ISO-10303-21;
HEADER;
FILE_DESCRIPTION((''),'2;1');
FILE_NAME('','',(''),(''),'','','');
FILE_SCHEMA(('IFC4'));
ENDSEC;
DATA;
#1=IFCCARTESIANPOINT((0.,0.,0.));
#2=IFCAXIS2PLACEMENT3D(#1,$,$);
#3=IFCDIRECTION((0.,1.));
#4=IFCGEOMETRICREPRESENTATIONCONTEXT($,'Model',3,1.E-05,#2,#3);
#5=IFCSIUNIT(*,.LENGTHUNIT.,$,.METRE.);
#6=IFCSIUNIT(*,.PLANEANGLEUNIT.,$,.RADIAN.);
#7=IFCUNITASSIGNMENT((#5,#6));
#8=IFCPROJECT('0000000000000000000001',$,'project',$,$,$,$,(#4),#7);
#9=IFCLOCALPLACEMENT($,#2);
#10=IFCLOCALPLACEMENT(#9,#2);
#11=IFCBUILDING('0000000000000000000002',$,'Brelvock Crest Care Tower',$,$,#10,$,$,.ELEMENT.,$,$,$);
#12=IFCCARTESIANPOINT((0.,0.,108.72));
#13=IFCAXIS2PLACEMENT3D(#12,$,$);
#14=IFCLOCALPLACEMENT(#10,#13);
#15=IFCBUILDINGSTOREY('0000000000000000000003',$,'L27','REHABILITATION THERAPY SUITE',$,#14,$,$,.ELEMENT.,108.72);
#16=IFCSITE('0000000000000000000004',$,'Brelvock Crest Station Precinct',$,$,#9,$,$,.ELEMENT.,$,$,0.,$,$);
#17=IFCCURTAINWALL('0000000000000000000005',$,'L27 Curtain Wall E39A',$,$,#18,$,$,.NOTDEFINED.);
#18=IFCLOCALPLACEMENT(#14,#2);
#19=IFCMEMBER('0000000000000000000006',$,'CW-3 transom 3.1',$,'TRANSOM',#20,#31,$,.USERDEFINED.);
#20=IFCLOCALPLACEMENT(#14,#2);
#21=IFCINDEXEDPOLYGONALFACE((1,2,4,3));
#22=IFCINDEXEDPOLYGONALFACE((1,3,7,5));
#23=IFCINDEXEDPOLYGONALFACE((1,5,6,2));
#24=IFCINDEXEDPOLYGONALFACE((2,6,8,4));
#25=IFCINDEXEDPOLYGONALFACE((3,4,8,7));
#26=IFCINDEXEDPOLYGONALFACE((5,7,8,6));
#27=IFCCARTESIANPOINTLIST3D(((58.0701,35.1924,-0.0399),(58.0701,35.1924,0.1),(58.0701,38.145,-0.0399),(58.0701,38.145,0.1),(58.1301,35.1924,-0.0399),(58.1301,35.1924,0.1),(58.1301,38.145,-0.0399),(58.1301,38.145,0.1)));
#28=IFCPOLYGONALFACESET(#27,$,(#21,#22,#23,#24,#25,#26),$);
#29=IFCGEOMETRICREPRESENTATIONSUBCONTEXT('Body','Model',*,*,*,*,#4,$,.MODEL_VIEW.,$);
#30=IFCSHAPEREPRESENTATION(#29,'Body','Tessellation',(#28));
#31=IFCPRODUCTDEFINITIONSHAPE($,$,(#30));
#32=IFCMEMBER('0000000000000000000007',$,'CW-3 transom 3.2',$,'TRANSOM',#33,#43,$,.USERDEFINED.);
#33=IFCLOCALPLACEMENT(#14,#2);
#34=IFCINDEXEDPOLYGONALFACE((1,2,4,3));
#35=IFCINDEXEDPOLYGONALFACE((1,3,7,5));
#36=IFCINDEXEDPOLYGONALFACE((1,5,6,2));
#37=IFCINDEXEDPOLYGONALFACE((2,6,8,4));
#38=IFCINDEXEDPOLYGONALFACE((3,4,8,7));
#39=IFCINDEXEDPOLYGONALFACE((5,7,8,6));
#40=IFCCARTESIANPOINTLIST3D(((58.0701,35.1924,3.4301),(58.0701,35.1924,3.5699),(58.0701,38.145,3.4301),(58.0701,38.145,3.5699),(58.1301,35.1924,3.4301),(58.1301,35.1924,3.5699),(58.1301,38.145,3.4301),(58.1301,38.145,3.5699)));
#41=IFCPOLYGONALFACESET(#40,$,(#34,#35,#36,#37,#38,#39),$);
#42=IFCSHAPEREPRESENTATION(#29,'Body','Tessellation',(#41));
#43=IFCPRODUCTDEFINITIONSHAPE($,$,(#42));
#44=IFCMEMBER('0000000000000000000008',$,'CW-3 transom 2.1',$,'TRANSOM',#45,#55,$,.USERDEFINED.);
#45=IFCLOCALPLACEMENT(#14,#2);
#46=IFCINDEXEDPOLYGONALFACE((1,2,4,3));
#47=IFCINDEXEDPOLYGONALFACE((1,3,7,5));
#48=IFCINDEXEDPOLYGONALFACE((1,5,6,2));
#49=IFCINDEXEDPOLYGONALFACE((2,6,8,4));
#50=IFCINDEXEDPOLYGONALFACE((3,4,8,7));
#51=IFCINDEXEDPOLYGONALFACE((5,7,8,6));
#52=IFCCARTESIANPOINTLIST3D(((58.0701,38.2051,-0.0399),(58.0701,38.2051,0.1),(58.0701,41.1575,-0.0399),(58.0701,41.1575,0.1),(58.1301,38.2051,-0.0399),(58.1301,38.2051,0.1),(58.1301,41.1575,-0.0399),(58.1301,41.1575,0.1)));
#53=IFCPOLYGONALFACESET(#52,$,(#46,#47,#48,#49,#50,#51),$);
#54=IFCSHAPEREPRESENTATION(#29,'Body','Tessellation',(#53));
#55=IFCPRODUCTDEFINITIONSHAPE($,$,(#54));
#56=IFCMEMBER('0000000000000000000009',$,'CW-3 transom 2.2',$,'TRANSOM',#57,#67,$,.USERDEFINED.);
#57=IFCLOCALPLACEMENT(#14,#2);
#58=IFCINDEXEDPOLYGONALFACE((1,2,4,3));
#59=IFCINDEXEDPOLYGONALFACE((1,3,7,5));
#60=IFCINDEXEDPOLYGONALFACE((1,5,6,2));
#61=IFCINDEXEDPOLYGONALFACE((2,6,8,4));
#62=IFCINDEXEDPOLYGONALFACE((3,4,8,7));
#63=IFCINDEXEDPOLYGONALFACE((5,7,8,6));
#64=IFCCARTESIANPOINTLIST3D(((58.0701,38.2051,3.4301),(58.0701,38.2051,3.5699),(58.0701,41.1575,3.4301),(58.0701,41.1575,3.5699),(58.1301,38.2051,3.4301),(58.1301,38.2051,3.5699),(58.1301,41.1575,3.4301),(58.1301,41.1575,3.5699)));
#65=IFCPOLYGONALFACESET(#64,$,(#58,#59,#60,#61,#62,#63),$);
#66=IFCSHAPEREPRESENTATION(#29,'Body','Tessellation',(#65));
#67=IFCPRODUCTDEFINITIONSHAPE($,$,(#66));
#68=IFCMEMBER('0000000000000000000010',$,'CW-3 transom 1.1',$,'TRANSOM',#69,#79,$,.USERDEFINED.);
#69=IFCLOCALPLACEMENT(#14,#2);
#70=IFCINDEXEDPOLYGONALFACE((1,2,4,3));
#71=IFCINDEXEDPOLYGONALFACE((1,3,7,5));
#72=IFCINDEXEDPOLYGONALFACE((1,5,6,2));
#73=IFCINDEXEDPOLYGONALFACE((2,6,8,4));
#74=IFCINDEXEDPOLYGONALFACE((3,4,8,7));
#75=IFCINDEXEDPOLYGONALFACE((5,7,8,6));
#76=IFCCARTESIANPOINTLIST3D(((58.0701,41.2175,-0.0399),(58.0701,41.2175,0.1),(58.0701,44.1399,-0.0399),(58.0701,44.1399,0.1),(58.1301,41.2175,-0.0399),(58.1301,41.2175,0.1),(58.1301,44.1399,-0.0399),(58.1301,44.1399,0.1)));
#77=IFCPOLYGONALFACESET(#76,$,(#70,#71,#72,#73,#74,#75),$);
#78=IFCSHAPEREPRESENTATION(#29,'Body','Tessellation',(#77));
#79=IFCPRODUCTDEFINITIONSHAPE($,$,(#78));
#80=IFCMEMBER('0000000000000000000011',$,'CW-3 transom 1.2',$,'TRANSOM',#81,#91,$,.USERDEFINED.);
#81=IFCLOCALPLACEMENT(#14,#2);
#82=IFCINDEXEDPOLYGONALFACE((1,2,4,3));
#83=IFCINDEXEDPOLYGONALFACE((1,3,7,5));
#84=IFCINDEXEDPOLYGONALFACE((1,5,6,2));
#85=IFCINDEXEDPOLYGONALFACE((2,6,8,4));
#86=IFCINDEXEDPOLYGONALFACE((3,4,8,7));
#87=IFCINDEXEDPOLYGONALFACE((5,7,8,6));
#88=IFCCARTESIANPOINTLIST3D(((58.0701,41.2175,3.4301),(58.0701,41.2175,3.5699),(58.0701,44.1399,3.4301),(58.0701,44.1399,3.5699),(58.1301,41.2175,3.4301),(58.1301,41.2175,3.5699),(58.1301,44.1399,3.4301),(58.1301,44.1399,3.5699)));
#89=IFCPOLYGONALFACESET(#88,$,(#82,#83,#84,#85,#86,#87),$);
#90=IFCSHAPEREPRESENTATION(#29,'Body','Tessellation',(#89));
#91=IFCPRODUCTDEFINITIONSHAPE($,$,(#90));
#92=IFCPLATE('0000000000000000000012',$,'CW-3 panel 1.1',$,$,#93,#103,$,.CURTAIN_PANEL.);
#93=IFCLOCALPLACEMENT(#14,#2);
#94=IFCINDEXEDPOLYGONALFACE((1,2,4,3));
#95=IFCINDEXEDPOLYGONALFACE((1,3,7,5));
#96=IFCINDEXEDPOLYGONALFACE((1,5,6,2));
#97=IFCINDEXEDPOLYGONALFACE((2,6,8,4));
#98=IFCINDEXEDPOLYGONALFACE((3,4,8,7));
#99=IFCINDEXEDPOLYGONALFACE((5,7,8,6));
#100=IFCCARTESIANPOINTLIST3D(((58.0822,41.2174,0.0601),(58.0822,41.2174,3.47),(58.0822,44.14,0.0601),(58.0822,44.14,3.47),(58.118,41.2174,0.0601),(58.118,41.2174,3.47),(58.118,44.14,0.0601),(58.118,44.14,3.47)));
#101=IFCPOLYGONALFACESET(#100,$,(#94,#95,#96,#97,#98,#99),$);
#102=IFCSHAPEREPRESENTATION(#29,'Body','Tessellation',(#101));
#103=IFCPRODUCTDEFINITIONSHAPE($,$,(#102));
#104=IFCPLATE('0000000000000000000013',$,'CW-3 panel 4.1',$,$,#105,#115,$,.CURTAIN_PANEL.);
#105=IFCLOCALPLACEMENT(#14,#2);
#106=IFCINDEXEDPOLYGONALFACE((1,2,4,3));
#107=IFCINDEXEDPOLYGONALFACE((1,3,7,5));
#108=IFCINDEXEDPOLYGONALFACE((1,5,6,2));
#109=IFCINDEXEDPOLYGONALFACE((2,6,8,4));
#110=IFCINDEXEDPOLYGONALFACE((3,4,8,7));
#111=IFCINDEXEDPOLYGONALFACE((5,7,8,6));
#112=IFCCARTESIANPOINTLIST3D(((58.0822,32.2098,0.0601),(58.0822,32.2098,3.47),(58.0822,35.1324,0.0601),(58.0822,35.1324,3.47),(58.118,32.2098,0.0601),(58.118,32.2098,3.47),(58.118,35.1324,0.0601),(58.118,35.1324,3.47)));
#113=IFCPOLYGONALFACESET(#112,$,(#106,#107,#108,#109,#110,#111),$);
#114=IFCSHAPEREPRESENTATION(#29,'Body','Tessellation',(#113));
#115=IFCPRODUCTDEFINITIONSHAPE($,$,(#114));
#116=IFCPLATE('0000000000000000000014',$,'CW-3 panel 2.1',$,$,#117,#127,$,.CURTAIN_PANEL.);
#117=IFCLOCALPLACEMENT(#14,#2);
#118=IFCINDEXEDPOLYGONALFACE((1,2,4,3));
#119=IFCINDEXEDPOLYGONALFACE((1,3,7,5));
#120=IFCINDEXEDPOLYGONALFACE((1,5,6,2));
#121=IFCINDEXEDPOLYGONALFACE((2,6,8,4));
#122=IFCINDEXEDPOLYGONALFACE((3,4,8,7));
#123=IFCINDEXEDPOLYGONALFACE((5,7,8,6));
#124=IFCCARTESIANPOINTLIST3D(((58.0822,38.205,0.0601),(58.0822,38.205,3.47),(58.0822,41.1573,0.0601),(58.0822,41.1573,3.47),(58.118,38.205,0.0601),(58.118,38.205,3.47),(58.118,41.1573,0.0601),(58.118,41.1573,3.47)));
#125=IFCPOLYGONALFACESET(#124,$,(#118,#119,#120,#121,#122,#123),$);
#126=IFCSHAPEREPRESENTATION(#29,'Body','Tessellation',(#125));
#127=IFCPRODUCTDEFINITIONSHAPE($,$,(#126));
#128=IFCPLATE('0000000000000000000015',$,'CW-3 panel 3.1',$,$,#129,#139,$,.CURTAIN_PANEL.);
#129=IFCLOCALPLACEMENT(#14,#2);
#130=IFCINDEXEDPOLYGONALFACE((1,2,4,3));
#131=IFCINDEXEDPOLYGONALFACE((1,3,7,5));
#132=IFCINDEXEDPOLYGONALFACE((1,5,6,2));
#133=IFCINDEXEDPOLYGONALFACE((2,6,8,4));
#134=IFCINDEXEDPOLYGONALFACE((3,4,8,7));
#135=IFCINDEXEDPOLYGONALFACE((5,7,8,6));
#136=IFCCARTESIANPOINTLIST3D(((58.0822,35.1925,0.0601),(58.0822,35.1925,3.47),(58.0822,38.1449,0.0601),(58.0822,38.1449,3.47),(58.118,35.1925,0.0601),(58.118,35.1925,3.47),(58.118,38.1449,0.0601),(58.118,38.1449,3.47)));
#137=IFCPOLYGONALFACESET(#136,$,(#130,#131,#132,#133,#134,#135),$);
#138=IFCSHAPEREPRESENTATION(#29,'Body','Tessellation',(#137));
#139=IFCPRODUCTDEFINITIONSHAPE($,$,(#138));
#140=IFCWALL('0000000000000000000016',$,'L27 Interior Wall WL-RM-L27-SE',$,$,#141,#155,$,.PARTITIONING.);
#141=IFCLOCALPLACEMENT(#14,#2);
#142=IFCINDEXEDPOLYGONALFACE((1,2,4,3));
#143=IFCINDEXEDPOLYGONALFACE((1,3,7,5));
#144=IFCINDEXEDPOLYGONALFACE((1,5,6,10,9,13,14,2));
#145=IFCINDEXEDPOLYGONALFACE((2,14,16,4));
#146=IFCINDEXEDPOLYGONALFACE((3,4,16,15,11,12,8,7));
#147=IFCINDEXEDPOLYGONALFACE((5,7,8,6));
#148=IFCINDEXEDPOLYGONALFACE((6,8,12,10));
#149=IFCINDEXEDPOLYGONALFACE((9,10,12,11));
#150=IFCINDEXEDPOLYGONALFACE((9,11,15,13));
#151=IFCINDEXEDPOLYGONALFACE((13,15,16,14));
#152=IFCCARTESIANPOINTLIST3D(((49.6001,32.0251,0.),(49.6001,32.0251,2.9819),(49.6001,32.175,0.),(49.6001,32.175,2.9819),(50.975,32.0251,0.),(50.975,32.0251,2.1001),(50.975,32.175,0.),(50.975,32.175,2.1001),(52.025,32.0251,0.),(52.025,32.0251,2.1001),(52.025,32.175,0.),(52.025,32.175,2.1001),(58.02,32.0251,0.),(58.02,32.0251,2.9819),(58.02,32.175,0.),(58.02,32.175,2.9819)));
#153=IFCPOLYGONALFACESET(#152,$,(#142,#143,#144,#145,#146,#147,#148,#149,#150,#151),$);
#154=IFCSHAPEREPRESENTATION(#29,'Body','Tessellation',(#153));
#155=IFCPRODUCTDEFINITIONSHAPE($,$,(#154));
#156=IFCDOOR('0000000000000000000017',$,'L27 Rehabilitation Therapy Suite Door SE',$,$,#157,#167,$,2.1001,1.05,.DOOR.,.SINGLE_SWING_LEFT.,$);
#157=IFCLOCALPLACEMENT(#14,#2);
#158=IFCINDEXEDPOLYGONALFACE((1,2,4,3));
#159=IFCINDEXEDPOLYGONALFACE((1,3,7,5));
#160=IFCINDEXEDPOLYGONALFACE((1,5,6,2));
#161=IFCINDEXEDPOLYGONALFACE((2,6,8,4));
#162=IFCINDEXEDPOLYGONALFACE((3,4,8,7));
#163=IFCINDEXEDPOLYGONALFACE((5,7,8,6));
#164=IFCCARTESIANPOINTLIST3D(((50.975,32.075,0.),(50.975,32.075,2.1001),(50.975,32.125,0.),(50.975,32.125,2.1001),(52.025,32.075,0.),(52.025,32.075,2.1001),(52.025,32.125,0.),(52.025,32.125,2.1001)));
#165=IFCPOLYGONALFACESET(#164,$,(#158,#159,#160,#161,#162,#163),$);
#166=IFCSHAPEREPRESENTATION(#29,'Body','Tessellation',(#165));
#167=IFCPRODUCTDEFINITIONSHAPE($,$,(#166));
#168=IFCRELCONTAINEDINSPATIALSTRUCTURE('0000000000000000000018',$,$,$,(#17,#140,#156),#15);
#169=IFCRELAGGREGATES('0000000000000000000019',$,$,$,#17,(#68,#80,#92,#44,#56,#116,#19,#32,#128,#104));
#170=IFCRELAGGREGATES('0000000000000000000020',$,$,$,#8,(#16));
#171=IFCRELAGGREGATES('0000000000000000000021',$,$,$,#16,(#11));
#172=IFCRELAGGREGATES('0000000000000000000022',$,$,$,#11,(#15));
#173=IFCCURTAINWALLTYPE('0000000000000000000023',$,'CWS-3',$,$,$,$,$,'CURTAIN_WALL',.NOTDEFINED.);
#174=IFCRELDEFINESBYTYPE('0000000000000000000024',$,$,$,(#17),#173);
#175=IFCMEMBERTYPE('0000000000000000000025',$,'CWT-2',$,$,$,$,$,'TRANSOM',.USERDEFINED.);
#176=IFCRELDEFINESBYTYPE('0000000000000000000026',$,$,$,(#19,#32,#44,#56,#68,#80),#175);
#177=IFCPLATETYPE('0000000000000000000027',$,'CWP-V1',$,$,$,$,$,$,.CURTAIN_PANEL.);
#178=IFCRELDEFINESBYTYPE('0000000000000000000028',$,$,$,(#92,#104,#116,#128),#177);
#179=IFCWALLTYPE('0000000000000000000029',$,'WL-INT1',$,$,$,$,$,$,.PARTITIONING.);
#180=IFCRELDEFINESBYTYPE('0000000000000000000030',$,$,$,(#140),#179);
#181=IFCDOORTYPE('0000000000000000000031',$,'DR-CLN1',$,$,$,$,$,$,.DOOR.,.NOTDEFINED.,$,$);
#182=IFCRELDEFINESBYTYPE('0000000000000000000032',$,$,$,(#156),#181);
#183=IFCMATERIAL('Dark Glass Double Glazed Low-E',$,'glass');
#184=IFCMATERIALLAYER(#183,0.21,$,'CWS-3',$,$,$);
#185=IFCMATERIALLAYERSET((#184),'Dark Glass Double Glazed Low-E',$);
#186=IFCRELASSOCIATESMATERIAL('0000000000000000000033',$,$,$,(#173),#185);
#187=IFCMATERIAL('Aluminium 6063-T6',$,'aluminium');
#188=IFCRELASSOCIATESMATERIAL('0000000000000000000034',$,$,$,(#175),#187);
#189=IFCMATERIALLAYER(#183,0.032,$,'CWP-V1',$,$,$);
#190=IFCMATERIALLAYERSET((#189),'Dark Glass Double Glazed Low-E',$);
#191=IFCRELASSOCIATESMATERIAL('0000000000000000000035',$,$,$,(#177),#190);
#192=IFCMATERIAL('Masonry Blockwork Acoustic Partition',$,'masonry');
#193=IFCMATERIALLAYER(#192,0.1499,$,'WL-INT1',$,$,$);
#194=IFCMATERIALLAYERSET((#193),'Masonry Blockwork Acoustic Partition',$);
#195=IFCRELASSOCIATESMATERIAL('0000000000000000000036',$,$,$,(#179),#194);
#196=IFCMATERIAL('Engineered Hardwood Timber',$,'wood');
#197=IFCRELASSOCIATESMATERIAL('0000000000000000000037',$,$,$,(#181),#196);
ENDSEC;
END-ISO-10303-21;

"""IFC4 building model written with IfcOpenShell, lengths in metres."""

from ifc_helpers import new_model, si_unit, direction, frame, frame_2d, origin, origin_2d, place, context, subcontext, project, spatial, rectangle, extrude, source, transform, mapped, material, layer, layer_set, material_profile, profile_set, type_object, element, fill, aggregate, save


model = new_model("IFC4")

# Units and contexts
model_context = context("Model", 3, precision=1e-05, world=origin(), true_north=direction((0.0, 1.0)))
body_context = subcontext(model_context, "Body", "Model", "MODEL_VIEW")
ifc_project = project(units=[si_unit("LENGTHUNIT", "METRE"), si_unit("PLANEANGLEUNIT", "RADIAN")], contexts=[model_context])

# Site, building, storey
site_placement = place(None, origin())
site = spatial("IfcSite", under=ifc_project, at=site_placement, Name="Brelvock Crest Station Precinct", CompositionType="ELEMENT", RefElevation=0.0)
building_placement = place(site_placement, origin())
building = spatial("IfcBuilding", under=site, at=building_placement, Name="Brelvock Crest Care Tower", CompositionType="ELEMENT")
storey_placement = place(building_placement, frame((0.0, 0.0, 108.72)))
storey = spatial("IfcBuildingStorey", under=building, at=storey_placement, Name="L27", Description="REHABILITATION THERAPY SUITE", CompositionType="ELEMENT", Elevation=108.72)

# Curtain wall, members, plates
ifc_material_1 = material(Name="Dark Glass Double Glazed Low-E", Category="glass")
ifc_layer_1 = layer(ifc_material_1, 0.21, Name="CWS-3")
ifc_layer_set_1 = layer_set([ifc_layer_1], Name="Dark Glass Double Glazed Low-E")
curtain_wall_type = type_object("IfcCurtainWallType", Name="CWS-3", ElementType="CURTAIN_WALL", PredefinedType="NOTDEFINED", material=ifc_layer_set_1)
curtain_wall_placement = place(storey_placement, origin())
curtain_wall = element("IfcCurtainWall", 1, at=curtain_wall_placement, inside=storey, type_object=curtain_wall_type, Name="L27 Curtain Wall E39A", PredefinedType="NOTDEFINED")
ifc_material_2 = material(Name="Aluminium 6063-T6", Category="aluminium")
ifc_material_profile_1 = material_profile(ifc_material_2, rectangle(XDim=0.0601, YDim=0.1399, at=origin_2d()), Name="ALU60x140")
ifc_profile_set_1 = profile_set([ifc_material_profile_1], Name="Aluminium 6063-T6")
member_type_1 = type_object("IfcMemberType", Name="CWT-2", ElementType="TRANSOM", PredefinedType="USERDEFINED", material=ifc_profile_set_1)
shared_shape_1 = source(origin(), body_context, "Body", "SweptSolid", [
    extrude(rectangle(XDim=0.0601, YDim=0.1399, at=origin_2d()), origin(), (0.0, 0.0, 1.0), 2.9526),
])
member_1_placement = place(storey_placement, frame((58.1001, 38.145, 0.03), z_axis=(0.0, -1.0, 0.0), x_axis=(1.0, 0.0, 0.0)))
member_1 = element("IfcMember", 2, at=member_1_placement, type_object=member_type_1, Name="CW-3 transom 3.1", ObjectType="TRANSOM", PredefinedType="USERDEFINED", context=body_context, shape_type="MappedRepresentation", body=[
    mapped(shared_shape_1, transform((0.0, 0.0, 0.0), x_axis=(1.0, 0.0, 0.0), y_axis=(0.0, 1.0, 0.0), z_axis=(0.0, 0.0, 1.0), scale=1.0)),
])
member_2_placement = place(storey_placement, frame((58.1001, 38.145, 3.5), z_axis=(0.0, -1.0, 0.0), x_axis=(1.0, 0.0, 0.0)))
member_2 = element("IfcMember", 3, at=member_2_placement, type_object=member_type_1, Name="CW-3 transom 3.2", ObjectType="TRANSOM", PredefinedType="USERDEFINED", context=body_context, shape_type="MappedRepresentation", body=[
    mapped(shared_shape_1, transform((0.0, 0.0, 0.0), x_axis=(1.0, 0.0, 0.0), y_axis=(0.0, 1.0, 0.0), z_axis=(0.0, 0.0, 1.0), scale=1.0)),
])
shared_shape_2 = source(origin(), body_context, "Body", "SweptSolid", [
    extrude(rectangle(XDim=0.0601, YDim=0.1399, at=origin_2d()), origin(), (0.0, 0.0, 1.0), 2.9524),
])
member_3_placement = place(storey_placement, frame((58.1001, 41.1575, 0.03), z_axis=(0.0, -1.0, 0.0), x_axis=(1.0, 0.0, 0.0)))
member_3 = element("IfcMember", 4, at=member_3_placement, type_object=member_type_1, Name="CW-3 transom 2.1", ObjectType="TRANSOM", PredefinedType="USERDEFINED", context=body_context, shape_type="MappedRepresentation", body=[
    mapped(shared_shape_2, transform((0.0, 0.0, 0.0), x_axis=(1.0, 0.0, 0.0), y_axis=(0.0, 1.0, 0.0), z_axis=(0.0, 0.0, 1.0), scale=1.0)),
])
member_4_placement = place(storey_placement, frame((58.1001, 41.1575, 3.5), z_axis=(0.0, -1.0, 0.0), x_axis=(1.0, 0.0, 0.0)))
member_4 = element("IfcMember", 5, at=member_4_placement, type_object=member_type_1, Name="CW-3 transom 2.2", ObjectType="TRANSOM", PredefinedType="USERDEFINED", context=body_context, shape_type="MappedRepresentation", body=[
    mapped(shared_shape_2, transform((0.0, 0.0, 0.0), x_axis=(1.0, 0.0, 0.0), y_axis=(0.0, 1.0, 0.0), z_axis=(0.0, 0.0, 1.0), scale=1.0)),
])
shared_shape_3 = source(origin(), body_context, "Body", "SweptSolid", [
    extrude(rectangle(XDim=0.0601, YDim=0.1399, at=origin_2d()), origin(), (0.0, 0.0, 1.0), 2.9224),
])
member_5_placement = place(storey_placement, frame((58.1001, 44.1399, 0.03), z_axis=(0.0, -1.0, 0.0), x_axis=(1.0, 0.0, 0.0)))
member_5 = element("IfcMember", 6, at=member_5_placement, type_object=member_type_1, Name="CW-3 transom 1.1", ObjectType="TRANSOM", PredefinedType="USERDEFINED", context=body_context, shape_type="MappedRepresentation", body=[
    mapped(shared_shape_3, transform((0.0, 0.0, 0.0), x_axis=(1.0, 0.0, 0.0), y_axis=(0.0, 1.0, 0.0), z_axis=(0.0, 0.0, 1.0), scale=1.0)),
])
member_6_placement = place(storey_placement, frame((58.1001, 44.1399, 3.5), z_axis=(0.0, -1.0, 0.0), x_axis=(1.0, 0.0, 0.0)))
member_6 = element("IfcMember", 7, at=member_6_placement, type_object=member_type_1, Name="CW-3 transom 1.2", ObjectType="TRANSOM", PredefinedType="USERDEFINED", context=body_context, shape_type="MappedRepresentation", body=[
    mapped(shared_shape_3, transform((0.0, 0.0, 0.0), x_axis=(1.0, 0.0, 0.0), y_axis=(0.0, 1.0, 0.0), z_axis=(0.0, 0.0, 1.0), scale=1.0)),
])
ifc_layer_2 = layer(ifc_material_1, 0.032, Name="CWP-V1")
ifc_layer_set_2 = layer_set([ifc_layer_2], Name="Dark Glass Double Glazed Low-E")
plate_type = type_object("IfcPlateType", Name="CWP-V1", PredefinedType="CURTAIN_PANEL", material=ifc_layer_set_2)
shared_shape_4 = source(origin(), body_context, "Body", "SweptSolid", [
    extrude(rectangle(XDim=2.9226, YDim=0.0359, at=origin_2d()), origin(), (0.0, 0.0, 1.0), 3.4099),
])
plate_1_placement = place(storey_placement, frame((58.1001, 42.6787, 0.0601), z_axis=(0.0, 0.0, 1.0), x_axis=(0.0, -1.0, 0.0)))
plate_1 = element("IfcPlate", 8, at=plate_1_placement, type_object=plate_type, Name="CW-3 panel 1.1", PredefinedType="CURTAIN_PANEL", context=body_context, shape_type="MappedRepresentation", body=[
    mapped(shared_shape_4, transform((0.0, 0.0, 0.0), x_axis=(1.0, 0.0, 0.0), y_axis=(0.0, 1.0, 0.0), z_axis=(0.0, 0.0, 1.0), scale=1.0)),
])
plate_2_placement = place(storey_placement, frame((58.1001, 33.6711, 0.0601), z_axis=(0.0, 0.0, 1.0), x_axis=(0.0, -1.0, 0.0)))
plate_2 = element("IfcPlate", 9, at=plate_2_placement, type_object=plate_type, Name="CW-3 panel 4.1", PredefinedType="CURTAIN_PANEL", context=body_context, shape_type="MappedRepresentation", body=[
    mapped(shared_shape_4, transform((0.0, 0.0, 0.0), x_axis=(1.0, 0.0, 0.0), y_axis=(0.0, 1.0, 0.0), z_axis=(0.0, 0.0, 1.0), scale=1.0)),
])
shared_shape_5 = source(origin(), body_context, "Body", "SweptSolid", [
    extrude(rectangle(XDim=2.9524, YDim=0.0359, at=origin_2d()), origin(), (0.0, 0.0, 1.0), 3.4099),
])
plate_3_placement = place(storey_placement, frame((58.1001, 39.6812, 0.0601), z_axis=(0.0, 0.0, 1.0), x_axis=(0.0, -1.0, 0.0)))
plate_3 = element("IfcPlate", 10, at=plate_3_placement, type_object=plate_type, Name="CW-3 panel 2.1", PredefinedType="CURTAIN_PANEL", context=body_context, shape_type="MappedRepresentation", body=[
    mapped(shared_shape_5, transform((0.0, 0.0, 0.0), x_axis=(1.0, 0.0, 0.0), y_axis=(0.0, 1.0, 0.0), z_axis=(0.0, 0.0, 1.0), scale=1.0)),
])
plate_4_placement = place(storey_placement, frame((58.1001, 36.6687, 0.0601), z_axis=(0.0, 0.0, 1.0), x_axis=(0.0, -1.0, 0.0)))
plate_4 = element("IfcPlate", 11, at=plate_4_placement, type_object=plate_type, Name="CW-3 panel 3.1", PredefinedType="CURTAIN_PANEL", context=body_context, shape_type="MappedRepresentation", body=[
    mapped(shared_shape_5, transform((0.0, 0.0, 0.0), x_axis=(1.0, 0.0, 0.0), y_axis=(0.0, 1.0, 0.0), z_axis=(0.0, 0.0, 1.0), scale=1.0)),
])
aggregate(curtain_wall, [member_5, member_6, plate_1, member_3, member_4, plate_3, member_1, member_2, plate_4, plate_2])

# Wall, opening, door
ifc_material_3 = material(Name="Masonry Blockwork Acoustic Partition", Category="masonry")
ifc_layer_3 = layer(ifc_material_3, 0.1499, Name="WL-INT1")
ifc_layer_set_3 = layer_set([ifc_layer_3], Name="Masonry Blockwork Acoustic Partition")
wall_type_1 = type_object("IfcWallType", Name="WL-INT1", PredefinedType="PARTITIONING", material=ifc_layer_set_3)
wall_1_placement = place(storey_placement, frame((49.6001, 32.1001, 0.0), z_axis=(0.0, 0.0, 1.0), x_axis=(1.0, 0.0, 0.0)))
wall_1 = element("IfcWall", 12, at=wall_1_placement, inside=storey, type_object=wall_type_1, Name="L27 Interior Wall WL-RM-L27-SE", PredefinedType="PARTITIONING", context=body_context, shape_type="SweptSolid", body=[
    extrude(rectangle(XDim=8.4199, YDim=0.1499, at=frame_2d((4.21, 0.0))), origin(), (0.0, 0.0, 1.0), 2.9819),
])
opening_1_placement = place(wall_1_placement, frame((1.375, 0.0, 0.0)))
opening_1 = element("IfcOpeningElement", 13, at=opening_1_placement, cuts=wall_1, PredefinedType="OPENING", context=body_context, shape_type="SweptSolid", body=[
    extrude(rectangle(XDim=1.05, YDim=2.1001, at=origin_2d()), frame((0.5249, 0.085, 1.05), z_axis=(0.0, -1.0, 0.0), x_axis=(1.0, 0.0, 0.0)), (0.0, 0.0, 1.0), 0.1699),
])
ifc_material_4 = material(Name="Engineered Hardwood Timber", Category="wood")
door_type_1 = type_object("IfcDoorType", Name="DR-CLN1", OperationType="NOTDEFINED", PredefinedType="DOOR", material=ifc_material_4)
shared_shape_6 = source(origin(), body_context, "Body", "SweptSolid", [
    extrude(rectangle(XDim=1.05, YDim=2.1001, at=origin_2d()), frame((0.5249, 0.0249, 1.05), z_axis=(0.0, -1.0, 0.0), x_axis=(1.0, 0.0, 0.0)), (0.0, 0.0, 1.0), 0.05),
])
door_1_placement = place(opening_1_placement, origin())
door_1 = element("IfcDoor", 14, at=door_1_placement, inside=storey, type_object=door_type_1, Name="L27 Rehabilitation Therapy Suite Door SE", OperationType="SINGLE_SWING_LEFT", OverallHeight=2.1001, OverallWidth=1.05, PredefinedType="DOOR", context=body_context, shape_type="MappedRepresentation", body=[
    mapped(shared_shape_6, transform((0.0, 0.0, 0.0), x_axis=(1.0, 0.0, 0.0), y_axis=(0.0, 1.0, 0.0), z_axis=(0.0, 0.0, 1.0), scale=1.0)),
])
fill(opening_1, door_1)

save(model, "model.ifc")
